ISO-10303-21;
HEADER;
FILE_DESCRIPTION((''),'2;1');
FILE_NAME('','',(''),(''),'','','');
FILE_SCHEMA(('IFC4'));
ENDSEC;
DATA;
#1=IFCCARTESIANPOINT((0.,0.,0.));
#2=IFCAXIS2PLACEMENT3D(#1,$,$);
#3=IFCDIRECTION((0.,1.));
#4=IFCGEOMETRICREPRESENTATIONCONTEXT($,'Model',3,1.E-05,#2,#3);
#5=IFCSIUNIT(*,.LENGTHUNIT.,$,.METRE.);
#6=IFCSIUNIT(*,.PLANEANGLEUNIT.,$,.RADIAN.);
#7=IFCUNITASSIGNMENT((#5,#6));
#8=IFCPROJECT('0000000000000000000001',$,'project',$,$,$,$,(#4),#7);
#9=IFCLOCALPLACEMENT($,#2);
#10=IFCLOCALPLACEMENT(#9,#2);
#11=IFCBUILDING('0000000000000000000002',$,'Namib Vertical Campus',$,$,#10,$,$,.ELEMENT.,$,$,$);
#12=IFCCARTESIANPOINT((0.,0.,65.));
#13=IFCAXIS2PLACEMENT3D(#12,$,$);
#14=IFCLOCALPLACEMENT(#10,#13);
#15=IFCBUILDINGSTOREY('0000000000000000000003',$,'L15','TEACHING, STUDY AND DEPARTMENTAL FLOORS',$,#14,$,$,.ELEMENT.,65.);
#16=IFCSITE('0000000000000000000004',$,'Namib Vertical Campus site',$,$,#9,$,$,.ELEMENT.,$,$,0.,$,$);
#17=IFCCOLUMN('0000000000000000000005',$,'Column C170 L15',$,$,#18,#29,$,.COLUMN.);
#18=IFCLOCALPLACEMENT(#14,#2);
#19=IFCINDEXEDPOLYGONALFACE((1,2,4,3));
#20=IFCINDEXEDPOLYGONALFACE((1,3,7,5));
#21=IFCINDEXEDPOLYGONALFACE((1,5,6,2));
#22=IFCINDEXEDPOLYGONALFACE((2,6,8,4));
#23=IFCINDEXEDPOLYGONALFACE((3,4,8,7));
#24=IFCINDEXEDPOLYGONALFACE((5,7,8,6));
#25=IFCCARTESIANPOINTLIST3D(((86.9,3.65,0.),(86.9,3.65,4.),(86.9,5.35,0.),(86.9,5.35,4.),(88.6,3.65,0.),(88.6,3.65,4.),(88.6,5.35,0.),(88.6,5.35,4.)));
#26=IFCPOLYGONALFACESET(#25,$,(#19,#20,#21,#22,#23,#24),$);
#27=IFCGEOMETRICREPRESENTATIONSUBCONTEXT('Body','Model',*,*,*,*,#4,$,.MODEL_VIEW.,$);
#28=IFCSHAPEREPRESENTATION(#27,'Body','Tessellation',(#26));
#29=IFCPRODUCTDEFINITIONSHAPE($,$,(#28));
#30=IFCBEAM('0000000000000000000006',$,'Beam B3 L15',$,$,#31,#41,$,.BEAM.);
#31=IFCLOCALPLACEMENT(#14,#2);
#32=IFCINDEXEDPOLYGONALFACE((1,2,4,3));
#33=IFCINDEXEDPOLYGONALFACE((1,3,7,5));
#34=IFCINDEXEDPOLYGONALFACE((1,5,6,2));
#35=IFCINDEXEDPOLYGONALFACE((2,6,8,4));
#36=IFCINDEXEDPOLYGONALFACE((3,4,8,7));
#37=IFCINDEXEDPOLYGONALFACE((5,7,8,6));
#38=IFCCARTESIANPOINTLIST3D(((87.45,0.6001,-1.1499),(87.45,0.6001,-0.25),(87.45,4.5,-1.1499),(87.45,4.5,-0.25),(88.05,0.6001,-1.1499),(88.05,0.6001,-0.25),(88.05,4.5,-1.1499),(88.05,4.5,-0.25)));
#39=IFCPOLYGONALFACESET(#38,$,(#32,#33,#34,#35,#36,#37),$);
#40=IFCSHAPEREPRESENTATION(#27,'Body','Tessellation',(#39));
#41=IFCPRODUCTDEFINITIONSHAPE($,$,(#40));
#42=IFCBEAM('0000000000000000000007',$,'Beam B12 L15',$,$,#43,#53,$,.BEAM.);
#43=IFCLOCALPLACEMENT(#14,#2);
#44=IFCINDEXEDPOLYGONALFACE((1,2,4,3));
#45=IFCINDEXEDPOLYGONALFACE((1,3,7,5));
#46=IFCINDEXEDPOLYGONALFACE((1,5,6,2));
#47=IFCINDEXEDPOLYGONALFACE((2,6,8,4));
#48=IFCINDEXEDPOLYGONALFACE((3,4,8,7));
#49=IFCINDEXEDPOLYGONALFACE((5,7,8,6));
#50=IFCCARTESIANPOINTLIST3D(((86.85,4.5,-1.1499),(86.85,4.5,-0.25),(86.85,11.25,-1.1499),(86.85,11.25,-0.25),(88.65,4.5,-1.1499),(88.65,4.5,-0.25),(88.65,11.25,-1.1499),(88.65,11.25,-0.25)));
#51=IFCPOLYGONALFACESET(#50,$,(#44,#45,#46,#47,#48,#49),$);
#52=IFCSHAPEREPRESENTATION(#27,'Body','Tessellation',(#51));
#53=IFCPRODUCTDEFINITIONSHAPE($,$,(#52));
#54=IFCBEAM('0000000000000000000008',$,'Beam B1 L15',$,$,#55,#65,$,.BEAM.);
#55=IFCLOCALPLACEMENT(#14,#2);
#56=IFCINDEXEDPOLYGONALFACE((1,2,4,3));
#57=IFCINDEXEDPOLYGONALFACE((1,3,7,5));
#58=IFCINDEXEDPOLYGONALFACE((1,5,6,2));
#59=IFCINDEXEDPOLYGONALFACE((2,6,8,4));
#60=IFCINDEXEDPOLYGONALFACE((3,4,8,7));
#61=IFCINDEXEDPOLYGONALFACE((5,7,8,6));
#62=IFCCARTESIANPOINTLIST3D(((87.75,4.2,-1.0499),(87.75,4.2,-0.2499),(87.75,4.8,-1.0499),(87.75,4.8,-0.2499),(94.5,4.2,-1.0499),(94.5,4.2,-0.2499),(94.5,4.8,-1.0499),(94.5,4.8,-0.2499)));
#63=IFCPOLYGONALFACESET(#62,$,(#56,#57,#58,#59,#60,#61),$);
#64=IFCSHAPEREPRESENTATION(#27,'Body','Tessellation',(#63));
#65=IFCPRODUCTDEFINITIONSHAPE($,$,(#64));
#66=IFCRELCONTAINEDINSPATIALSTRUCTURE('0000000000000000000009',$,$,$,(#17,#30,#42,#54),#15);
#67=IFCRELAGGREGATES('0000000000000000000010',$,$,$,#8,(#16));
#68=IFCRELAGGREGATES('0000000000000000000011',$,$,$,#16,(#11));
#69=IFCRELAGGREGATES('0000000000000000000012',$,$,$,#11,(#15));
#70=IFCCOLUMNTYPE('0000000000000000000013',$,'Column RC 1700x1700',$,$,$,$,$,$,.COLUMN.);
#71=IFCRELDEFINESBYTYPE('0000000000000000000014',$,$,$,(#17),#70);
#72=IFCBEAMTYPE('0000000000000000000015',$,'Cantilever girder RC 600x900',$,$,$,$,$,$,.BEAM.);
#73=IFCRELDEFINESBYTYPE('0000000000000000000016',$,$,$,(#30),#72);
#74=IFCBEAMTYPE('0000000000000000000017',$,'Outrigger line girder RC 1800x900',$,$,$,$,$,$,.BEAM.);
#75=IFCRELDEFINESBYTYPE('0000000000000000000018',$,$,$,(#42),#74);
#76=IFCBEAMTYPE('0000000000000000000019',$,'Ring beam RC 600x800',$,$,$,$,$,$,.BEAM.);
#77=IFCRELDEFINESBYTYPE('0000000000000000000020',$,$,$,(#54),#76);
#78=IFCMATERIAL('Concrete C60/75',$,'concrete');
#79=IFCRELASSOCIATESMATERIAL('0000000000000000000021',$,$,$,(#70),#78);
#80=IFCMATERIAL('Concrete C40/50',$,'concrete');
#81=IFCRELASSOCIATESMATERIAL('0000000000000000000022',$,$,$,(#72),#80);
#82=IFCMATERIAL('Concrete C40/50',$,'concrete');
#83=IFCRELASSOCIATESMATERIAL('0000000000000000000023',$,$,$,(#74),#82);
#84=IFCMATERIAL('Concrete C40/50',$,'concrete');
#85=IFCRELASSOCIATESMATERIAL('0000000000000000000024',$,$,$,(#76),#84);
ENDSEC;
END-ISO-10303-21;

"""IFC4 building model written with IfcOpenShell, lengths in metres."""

from ifc_helpers import new_model, si_unit, direction, frame, origin, origin_2d, place, context, subcontext, project, spatial, rectangle, extrude, material, material_profile, profile_set, type_object, element, save


model = new_model("IFC4")

# Units and contexts
model_context = context("Model", 3, precision=1e-05, world=origin(), true_north=direction((0.0, 1.0)))
body_context = subcontext(model_context, "Body", "Model", "MODEL_VIEW")
ifc_project = project(units=[si_unit("LENGTHUNIT", "METRE"), si_unit("PLANEANGLEUNIT", "RADIAN")], contexts=[model_context])

# Site, building, storey
site_placement = place(None, origin())
site = spatial("IfcSite", under=ifc_project, at=site_placement, Name="Namib Vertical Campus site", CompositionType="ELEMENT", RefElevation=0.0)
building_placement = place(site_placement, origin())
building = spatial("IfcBuilding", under=site, at=building_placement, Name="Namib Vertical Campus", CompositionType="ELEMENT")
storey_placement = place(building_placement, frame((0.0, 0.0, 65.0)))
storey = spatial("IfcBuildingStorey", under=building, at=storey_placement, Name="L15", Description="TEACHING, STUDY AND DEPARTMENTAL FLOORS", CompositionType="ELEMENT", Elevation=65.0)

# Column
ifc_material_1 = material(Name="Concrete C60/75", Category="concrete")
ifc_material_profile_1 = material_profile(ifc_material_1, rectangle(XDim=1.7, YDim=1.7, at=origin_2d()))
ifc_profile_set_1 = profile_set([ifc_material_profile_1], Name="Concrete C60/75")
column_type = type_object("IfcColumnType", Name="Column RC 1700x1700", PredefinedType="COLUMN", material=ifc_profile_set_1)
column_placement = place(storey_placement, frame((87.75, 4.5, 0.0), z_axis=(0.0, 0.0, 1.0), x_axis=(1.0, 0.0, 0.0)))
element("IfcColumn", 1, at=column_placement, inside=storey, type_object=column_type, Name="Column C170 L15", PredefinedType="COLUMN", context=body_context, shape_type="SweptSolid", body=[
    extrude(rectangle(XDim=1.7, YDim=1.7, at=origin_2d()), origin(), (0.0, 0.0, 1.0), 4.0),
])

# Beams
ifc_material_2 = material(Name="Concrete C40/50", Category="concrete")
ifc_material_profile_2 = material_profile(ifc_material_2, rectangle(XDim=0.6001, YDim=0.8999, at=origin_2d()))
ifc_profile_set_2 = profile_set([ifc_material_profile_2], Name="Concrete C40/50")
beam_type_1 = type_object("IfcBeamType", Name="Cantilever girder RC 600x900", PredefinedType="BEAM", material=ifc_profile_set_2)
beam_1_placement = place(storey_placement, frame((87.75, 4.5, -0.7), z_axis=(0.0, -1.0, 0.0), x_axis=(1.0, 0.0, 0.0)))
element("IfcBeam", 2, at=beam_1_placement, inside=storey, type_object=beam_type_1, Name="Beam B3 L15", PredefinedType="BEAM", context=body_context, shape_type="SweptSolid", body=[
    extrude(rectangle(XDim=0.6001, YDim=0.8999, at=origin_2d()), origin(), (0.0, 0.0, 1.0), 3.8999),
])
ifc_material_3 = material(Name="Concrete C40/50", Category="concrete")
ifc_material_profile_3 = material_profile(ifc_material_3, rectangle(XDim=1.8, YDim=0.8999, at=origin_2d()))
ifc_profile_set_3 = profile_set([ifc_material_profile_3], Name="Concrete C40/50")
beam_type_2 = type_object("IfcBeamType", Name="Outrigger line girder RC 1800x900", PredefinedType="BEAM", material=ifc_profile_set_3)
beam_2_placement = place(storey_placement, frame((87.75, 4.5, -0.7), z_axis=(0.0, 1.0, 0.0), x_axis=(-1.0, 0.0, 0.0)))
element("IfcBeam", 3, at=beam_2_placement, inside=storey, type_object=beam_type_2, Name="Beam B12 L15", PredefinedType="BEAM", context=body_context, shape_type="SweptSolid", body=[
    extrude(rectangle(XDim=1.8, YDim=0.8999, at=origin_2d()), origin(), (0.0, 0.0, 1.0), 6.75),
])
ifc_material_4 = material(Name="Concrete C40/50", Category="concrete")
ifc_material_profile_4 = material_profile(ifc_material_4, rectangle(XDim=0.6001, YDim=0.8, at=origin_2d()))
ifc_profile_set_4 = profile_set([ifc_material_profile_4], Name="Concrete C40/50")
beam_type_3 = type_object("IfcBeamType", Name="Ring beam RC 600x800", PredefinedType="BEAM", material=ifc_profile_set_4)
beam_3_placement = place(storey_placement, frame((87.75, 4.5, -0.6499), z_axis=(1.0, 0.0, 0.0), x_axis=(0.0, 1.0, 0.0)))
element("IfcBeam", 4, at=beam_3_placement, inside=storey, type_object=beam_type_3, Name="Beam B1 L15", PredefinedType="BEAM", context=body_context, shape_type="SweptSolid", body=[
    extrude(rectangle(XDim=0.6001, YDim=0.8, at=origin_2d()), origin(), (0.0, 0.0, 1.0), 6.75),
])

save(model, "model.ifc")
